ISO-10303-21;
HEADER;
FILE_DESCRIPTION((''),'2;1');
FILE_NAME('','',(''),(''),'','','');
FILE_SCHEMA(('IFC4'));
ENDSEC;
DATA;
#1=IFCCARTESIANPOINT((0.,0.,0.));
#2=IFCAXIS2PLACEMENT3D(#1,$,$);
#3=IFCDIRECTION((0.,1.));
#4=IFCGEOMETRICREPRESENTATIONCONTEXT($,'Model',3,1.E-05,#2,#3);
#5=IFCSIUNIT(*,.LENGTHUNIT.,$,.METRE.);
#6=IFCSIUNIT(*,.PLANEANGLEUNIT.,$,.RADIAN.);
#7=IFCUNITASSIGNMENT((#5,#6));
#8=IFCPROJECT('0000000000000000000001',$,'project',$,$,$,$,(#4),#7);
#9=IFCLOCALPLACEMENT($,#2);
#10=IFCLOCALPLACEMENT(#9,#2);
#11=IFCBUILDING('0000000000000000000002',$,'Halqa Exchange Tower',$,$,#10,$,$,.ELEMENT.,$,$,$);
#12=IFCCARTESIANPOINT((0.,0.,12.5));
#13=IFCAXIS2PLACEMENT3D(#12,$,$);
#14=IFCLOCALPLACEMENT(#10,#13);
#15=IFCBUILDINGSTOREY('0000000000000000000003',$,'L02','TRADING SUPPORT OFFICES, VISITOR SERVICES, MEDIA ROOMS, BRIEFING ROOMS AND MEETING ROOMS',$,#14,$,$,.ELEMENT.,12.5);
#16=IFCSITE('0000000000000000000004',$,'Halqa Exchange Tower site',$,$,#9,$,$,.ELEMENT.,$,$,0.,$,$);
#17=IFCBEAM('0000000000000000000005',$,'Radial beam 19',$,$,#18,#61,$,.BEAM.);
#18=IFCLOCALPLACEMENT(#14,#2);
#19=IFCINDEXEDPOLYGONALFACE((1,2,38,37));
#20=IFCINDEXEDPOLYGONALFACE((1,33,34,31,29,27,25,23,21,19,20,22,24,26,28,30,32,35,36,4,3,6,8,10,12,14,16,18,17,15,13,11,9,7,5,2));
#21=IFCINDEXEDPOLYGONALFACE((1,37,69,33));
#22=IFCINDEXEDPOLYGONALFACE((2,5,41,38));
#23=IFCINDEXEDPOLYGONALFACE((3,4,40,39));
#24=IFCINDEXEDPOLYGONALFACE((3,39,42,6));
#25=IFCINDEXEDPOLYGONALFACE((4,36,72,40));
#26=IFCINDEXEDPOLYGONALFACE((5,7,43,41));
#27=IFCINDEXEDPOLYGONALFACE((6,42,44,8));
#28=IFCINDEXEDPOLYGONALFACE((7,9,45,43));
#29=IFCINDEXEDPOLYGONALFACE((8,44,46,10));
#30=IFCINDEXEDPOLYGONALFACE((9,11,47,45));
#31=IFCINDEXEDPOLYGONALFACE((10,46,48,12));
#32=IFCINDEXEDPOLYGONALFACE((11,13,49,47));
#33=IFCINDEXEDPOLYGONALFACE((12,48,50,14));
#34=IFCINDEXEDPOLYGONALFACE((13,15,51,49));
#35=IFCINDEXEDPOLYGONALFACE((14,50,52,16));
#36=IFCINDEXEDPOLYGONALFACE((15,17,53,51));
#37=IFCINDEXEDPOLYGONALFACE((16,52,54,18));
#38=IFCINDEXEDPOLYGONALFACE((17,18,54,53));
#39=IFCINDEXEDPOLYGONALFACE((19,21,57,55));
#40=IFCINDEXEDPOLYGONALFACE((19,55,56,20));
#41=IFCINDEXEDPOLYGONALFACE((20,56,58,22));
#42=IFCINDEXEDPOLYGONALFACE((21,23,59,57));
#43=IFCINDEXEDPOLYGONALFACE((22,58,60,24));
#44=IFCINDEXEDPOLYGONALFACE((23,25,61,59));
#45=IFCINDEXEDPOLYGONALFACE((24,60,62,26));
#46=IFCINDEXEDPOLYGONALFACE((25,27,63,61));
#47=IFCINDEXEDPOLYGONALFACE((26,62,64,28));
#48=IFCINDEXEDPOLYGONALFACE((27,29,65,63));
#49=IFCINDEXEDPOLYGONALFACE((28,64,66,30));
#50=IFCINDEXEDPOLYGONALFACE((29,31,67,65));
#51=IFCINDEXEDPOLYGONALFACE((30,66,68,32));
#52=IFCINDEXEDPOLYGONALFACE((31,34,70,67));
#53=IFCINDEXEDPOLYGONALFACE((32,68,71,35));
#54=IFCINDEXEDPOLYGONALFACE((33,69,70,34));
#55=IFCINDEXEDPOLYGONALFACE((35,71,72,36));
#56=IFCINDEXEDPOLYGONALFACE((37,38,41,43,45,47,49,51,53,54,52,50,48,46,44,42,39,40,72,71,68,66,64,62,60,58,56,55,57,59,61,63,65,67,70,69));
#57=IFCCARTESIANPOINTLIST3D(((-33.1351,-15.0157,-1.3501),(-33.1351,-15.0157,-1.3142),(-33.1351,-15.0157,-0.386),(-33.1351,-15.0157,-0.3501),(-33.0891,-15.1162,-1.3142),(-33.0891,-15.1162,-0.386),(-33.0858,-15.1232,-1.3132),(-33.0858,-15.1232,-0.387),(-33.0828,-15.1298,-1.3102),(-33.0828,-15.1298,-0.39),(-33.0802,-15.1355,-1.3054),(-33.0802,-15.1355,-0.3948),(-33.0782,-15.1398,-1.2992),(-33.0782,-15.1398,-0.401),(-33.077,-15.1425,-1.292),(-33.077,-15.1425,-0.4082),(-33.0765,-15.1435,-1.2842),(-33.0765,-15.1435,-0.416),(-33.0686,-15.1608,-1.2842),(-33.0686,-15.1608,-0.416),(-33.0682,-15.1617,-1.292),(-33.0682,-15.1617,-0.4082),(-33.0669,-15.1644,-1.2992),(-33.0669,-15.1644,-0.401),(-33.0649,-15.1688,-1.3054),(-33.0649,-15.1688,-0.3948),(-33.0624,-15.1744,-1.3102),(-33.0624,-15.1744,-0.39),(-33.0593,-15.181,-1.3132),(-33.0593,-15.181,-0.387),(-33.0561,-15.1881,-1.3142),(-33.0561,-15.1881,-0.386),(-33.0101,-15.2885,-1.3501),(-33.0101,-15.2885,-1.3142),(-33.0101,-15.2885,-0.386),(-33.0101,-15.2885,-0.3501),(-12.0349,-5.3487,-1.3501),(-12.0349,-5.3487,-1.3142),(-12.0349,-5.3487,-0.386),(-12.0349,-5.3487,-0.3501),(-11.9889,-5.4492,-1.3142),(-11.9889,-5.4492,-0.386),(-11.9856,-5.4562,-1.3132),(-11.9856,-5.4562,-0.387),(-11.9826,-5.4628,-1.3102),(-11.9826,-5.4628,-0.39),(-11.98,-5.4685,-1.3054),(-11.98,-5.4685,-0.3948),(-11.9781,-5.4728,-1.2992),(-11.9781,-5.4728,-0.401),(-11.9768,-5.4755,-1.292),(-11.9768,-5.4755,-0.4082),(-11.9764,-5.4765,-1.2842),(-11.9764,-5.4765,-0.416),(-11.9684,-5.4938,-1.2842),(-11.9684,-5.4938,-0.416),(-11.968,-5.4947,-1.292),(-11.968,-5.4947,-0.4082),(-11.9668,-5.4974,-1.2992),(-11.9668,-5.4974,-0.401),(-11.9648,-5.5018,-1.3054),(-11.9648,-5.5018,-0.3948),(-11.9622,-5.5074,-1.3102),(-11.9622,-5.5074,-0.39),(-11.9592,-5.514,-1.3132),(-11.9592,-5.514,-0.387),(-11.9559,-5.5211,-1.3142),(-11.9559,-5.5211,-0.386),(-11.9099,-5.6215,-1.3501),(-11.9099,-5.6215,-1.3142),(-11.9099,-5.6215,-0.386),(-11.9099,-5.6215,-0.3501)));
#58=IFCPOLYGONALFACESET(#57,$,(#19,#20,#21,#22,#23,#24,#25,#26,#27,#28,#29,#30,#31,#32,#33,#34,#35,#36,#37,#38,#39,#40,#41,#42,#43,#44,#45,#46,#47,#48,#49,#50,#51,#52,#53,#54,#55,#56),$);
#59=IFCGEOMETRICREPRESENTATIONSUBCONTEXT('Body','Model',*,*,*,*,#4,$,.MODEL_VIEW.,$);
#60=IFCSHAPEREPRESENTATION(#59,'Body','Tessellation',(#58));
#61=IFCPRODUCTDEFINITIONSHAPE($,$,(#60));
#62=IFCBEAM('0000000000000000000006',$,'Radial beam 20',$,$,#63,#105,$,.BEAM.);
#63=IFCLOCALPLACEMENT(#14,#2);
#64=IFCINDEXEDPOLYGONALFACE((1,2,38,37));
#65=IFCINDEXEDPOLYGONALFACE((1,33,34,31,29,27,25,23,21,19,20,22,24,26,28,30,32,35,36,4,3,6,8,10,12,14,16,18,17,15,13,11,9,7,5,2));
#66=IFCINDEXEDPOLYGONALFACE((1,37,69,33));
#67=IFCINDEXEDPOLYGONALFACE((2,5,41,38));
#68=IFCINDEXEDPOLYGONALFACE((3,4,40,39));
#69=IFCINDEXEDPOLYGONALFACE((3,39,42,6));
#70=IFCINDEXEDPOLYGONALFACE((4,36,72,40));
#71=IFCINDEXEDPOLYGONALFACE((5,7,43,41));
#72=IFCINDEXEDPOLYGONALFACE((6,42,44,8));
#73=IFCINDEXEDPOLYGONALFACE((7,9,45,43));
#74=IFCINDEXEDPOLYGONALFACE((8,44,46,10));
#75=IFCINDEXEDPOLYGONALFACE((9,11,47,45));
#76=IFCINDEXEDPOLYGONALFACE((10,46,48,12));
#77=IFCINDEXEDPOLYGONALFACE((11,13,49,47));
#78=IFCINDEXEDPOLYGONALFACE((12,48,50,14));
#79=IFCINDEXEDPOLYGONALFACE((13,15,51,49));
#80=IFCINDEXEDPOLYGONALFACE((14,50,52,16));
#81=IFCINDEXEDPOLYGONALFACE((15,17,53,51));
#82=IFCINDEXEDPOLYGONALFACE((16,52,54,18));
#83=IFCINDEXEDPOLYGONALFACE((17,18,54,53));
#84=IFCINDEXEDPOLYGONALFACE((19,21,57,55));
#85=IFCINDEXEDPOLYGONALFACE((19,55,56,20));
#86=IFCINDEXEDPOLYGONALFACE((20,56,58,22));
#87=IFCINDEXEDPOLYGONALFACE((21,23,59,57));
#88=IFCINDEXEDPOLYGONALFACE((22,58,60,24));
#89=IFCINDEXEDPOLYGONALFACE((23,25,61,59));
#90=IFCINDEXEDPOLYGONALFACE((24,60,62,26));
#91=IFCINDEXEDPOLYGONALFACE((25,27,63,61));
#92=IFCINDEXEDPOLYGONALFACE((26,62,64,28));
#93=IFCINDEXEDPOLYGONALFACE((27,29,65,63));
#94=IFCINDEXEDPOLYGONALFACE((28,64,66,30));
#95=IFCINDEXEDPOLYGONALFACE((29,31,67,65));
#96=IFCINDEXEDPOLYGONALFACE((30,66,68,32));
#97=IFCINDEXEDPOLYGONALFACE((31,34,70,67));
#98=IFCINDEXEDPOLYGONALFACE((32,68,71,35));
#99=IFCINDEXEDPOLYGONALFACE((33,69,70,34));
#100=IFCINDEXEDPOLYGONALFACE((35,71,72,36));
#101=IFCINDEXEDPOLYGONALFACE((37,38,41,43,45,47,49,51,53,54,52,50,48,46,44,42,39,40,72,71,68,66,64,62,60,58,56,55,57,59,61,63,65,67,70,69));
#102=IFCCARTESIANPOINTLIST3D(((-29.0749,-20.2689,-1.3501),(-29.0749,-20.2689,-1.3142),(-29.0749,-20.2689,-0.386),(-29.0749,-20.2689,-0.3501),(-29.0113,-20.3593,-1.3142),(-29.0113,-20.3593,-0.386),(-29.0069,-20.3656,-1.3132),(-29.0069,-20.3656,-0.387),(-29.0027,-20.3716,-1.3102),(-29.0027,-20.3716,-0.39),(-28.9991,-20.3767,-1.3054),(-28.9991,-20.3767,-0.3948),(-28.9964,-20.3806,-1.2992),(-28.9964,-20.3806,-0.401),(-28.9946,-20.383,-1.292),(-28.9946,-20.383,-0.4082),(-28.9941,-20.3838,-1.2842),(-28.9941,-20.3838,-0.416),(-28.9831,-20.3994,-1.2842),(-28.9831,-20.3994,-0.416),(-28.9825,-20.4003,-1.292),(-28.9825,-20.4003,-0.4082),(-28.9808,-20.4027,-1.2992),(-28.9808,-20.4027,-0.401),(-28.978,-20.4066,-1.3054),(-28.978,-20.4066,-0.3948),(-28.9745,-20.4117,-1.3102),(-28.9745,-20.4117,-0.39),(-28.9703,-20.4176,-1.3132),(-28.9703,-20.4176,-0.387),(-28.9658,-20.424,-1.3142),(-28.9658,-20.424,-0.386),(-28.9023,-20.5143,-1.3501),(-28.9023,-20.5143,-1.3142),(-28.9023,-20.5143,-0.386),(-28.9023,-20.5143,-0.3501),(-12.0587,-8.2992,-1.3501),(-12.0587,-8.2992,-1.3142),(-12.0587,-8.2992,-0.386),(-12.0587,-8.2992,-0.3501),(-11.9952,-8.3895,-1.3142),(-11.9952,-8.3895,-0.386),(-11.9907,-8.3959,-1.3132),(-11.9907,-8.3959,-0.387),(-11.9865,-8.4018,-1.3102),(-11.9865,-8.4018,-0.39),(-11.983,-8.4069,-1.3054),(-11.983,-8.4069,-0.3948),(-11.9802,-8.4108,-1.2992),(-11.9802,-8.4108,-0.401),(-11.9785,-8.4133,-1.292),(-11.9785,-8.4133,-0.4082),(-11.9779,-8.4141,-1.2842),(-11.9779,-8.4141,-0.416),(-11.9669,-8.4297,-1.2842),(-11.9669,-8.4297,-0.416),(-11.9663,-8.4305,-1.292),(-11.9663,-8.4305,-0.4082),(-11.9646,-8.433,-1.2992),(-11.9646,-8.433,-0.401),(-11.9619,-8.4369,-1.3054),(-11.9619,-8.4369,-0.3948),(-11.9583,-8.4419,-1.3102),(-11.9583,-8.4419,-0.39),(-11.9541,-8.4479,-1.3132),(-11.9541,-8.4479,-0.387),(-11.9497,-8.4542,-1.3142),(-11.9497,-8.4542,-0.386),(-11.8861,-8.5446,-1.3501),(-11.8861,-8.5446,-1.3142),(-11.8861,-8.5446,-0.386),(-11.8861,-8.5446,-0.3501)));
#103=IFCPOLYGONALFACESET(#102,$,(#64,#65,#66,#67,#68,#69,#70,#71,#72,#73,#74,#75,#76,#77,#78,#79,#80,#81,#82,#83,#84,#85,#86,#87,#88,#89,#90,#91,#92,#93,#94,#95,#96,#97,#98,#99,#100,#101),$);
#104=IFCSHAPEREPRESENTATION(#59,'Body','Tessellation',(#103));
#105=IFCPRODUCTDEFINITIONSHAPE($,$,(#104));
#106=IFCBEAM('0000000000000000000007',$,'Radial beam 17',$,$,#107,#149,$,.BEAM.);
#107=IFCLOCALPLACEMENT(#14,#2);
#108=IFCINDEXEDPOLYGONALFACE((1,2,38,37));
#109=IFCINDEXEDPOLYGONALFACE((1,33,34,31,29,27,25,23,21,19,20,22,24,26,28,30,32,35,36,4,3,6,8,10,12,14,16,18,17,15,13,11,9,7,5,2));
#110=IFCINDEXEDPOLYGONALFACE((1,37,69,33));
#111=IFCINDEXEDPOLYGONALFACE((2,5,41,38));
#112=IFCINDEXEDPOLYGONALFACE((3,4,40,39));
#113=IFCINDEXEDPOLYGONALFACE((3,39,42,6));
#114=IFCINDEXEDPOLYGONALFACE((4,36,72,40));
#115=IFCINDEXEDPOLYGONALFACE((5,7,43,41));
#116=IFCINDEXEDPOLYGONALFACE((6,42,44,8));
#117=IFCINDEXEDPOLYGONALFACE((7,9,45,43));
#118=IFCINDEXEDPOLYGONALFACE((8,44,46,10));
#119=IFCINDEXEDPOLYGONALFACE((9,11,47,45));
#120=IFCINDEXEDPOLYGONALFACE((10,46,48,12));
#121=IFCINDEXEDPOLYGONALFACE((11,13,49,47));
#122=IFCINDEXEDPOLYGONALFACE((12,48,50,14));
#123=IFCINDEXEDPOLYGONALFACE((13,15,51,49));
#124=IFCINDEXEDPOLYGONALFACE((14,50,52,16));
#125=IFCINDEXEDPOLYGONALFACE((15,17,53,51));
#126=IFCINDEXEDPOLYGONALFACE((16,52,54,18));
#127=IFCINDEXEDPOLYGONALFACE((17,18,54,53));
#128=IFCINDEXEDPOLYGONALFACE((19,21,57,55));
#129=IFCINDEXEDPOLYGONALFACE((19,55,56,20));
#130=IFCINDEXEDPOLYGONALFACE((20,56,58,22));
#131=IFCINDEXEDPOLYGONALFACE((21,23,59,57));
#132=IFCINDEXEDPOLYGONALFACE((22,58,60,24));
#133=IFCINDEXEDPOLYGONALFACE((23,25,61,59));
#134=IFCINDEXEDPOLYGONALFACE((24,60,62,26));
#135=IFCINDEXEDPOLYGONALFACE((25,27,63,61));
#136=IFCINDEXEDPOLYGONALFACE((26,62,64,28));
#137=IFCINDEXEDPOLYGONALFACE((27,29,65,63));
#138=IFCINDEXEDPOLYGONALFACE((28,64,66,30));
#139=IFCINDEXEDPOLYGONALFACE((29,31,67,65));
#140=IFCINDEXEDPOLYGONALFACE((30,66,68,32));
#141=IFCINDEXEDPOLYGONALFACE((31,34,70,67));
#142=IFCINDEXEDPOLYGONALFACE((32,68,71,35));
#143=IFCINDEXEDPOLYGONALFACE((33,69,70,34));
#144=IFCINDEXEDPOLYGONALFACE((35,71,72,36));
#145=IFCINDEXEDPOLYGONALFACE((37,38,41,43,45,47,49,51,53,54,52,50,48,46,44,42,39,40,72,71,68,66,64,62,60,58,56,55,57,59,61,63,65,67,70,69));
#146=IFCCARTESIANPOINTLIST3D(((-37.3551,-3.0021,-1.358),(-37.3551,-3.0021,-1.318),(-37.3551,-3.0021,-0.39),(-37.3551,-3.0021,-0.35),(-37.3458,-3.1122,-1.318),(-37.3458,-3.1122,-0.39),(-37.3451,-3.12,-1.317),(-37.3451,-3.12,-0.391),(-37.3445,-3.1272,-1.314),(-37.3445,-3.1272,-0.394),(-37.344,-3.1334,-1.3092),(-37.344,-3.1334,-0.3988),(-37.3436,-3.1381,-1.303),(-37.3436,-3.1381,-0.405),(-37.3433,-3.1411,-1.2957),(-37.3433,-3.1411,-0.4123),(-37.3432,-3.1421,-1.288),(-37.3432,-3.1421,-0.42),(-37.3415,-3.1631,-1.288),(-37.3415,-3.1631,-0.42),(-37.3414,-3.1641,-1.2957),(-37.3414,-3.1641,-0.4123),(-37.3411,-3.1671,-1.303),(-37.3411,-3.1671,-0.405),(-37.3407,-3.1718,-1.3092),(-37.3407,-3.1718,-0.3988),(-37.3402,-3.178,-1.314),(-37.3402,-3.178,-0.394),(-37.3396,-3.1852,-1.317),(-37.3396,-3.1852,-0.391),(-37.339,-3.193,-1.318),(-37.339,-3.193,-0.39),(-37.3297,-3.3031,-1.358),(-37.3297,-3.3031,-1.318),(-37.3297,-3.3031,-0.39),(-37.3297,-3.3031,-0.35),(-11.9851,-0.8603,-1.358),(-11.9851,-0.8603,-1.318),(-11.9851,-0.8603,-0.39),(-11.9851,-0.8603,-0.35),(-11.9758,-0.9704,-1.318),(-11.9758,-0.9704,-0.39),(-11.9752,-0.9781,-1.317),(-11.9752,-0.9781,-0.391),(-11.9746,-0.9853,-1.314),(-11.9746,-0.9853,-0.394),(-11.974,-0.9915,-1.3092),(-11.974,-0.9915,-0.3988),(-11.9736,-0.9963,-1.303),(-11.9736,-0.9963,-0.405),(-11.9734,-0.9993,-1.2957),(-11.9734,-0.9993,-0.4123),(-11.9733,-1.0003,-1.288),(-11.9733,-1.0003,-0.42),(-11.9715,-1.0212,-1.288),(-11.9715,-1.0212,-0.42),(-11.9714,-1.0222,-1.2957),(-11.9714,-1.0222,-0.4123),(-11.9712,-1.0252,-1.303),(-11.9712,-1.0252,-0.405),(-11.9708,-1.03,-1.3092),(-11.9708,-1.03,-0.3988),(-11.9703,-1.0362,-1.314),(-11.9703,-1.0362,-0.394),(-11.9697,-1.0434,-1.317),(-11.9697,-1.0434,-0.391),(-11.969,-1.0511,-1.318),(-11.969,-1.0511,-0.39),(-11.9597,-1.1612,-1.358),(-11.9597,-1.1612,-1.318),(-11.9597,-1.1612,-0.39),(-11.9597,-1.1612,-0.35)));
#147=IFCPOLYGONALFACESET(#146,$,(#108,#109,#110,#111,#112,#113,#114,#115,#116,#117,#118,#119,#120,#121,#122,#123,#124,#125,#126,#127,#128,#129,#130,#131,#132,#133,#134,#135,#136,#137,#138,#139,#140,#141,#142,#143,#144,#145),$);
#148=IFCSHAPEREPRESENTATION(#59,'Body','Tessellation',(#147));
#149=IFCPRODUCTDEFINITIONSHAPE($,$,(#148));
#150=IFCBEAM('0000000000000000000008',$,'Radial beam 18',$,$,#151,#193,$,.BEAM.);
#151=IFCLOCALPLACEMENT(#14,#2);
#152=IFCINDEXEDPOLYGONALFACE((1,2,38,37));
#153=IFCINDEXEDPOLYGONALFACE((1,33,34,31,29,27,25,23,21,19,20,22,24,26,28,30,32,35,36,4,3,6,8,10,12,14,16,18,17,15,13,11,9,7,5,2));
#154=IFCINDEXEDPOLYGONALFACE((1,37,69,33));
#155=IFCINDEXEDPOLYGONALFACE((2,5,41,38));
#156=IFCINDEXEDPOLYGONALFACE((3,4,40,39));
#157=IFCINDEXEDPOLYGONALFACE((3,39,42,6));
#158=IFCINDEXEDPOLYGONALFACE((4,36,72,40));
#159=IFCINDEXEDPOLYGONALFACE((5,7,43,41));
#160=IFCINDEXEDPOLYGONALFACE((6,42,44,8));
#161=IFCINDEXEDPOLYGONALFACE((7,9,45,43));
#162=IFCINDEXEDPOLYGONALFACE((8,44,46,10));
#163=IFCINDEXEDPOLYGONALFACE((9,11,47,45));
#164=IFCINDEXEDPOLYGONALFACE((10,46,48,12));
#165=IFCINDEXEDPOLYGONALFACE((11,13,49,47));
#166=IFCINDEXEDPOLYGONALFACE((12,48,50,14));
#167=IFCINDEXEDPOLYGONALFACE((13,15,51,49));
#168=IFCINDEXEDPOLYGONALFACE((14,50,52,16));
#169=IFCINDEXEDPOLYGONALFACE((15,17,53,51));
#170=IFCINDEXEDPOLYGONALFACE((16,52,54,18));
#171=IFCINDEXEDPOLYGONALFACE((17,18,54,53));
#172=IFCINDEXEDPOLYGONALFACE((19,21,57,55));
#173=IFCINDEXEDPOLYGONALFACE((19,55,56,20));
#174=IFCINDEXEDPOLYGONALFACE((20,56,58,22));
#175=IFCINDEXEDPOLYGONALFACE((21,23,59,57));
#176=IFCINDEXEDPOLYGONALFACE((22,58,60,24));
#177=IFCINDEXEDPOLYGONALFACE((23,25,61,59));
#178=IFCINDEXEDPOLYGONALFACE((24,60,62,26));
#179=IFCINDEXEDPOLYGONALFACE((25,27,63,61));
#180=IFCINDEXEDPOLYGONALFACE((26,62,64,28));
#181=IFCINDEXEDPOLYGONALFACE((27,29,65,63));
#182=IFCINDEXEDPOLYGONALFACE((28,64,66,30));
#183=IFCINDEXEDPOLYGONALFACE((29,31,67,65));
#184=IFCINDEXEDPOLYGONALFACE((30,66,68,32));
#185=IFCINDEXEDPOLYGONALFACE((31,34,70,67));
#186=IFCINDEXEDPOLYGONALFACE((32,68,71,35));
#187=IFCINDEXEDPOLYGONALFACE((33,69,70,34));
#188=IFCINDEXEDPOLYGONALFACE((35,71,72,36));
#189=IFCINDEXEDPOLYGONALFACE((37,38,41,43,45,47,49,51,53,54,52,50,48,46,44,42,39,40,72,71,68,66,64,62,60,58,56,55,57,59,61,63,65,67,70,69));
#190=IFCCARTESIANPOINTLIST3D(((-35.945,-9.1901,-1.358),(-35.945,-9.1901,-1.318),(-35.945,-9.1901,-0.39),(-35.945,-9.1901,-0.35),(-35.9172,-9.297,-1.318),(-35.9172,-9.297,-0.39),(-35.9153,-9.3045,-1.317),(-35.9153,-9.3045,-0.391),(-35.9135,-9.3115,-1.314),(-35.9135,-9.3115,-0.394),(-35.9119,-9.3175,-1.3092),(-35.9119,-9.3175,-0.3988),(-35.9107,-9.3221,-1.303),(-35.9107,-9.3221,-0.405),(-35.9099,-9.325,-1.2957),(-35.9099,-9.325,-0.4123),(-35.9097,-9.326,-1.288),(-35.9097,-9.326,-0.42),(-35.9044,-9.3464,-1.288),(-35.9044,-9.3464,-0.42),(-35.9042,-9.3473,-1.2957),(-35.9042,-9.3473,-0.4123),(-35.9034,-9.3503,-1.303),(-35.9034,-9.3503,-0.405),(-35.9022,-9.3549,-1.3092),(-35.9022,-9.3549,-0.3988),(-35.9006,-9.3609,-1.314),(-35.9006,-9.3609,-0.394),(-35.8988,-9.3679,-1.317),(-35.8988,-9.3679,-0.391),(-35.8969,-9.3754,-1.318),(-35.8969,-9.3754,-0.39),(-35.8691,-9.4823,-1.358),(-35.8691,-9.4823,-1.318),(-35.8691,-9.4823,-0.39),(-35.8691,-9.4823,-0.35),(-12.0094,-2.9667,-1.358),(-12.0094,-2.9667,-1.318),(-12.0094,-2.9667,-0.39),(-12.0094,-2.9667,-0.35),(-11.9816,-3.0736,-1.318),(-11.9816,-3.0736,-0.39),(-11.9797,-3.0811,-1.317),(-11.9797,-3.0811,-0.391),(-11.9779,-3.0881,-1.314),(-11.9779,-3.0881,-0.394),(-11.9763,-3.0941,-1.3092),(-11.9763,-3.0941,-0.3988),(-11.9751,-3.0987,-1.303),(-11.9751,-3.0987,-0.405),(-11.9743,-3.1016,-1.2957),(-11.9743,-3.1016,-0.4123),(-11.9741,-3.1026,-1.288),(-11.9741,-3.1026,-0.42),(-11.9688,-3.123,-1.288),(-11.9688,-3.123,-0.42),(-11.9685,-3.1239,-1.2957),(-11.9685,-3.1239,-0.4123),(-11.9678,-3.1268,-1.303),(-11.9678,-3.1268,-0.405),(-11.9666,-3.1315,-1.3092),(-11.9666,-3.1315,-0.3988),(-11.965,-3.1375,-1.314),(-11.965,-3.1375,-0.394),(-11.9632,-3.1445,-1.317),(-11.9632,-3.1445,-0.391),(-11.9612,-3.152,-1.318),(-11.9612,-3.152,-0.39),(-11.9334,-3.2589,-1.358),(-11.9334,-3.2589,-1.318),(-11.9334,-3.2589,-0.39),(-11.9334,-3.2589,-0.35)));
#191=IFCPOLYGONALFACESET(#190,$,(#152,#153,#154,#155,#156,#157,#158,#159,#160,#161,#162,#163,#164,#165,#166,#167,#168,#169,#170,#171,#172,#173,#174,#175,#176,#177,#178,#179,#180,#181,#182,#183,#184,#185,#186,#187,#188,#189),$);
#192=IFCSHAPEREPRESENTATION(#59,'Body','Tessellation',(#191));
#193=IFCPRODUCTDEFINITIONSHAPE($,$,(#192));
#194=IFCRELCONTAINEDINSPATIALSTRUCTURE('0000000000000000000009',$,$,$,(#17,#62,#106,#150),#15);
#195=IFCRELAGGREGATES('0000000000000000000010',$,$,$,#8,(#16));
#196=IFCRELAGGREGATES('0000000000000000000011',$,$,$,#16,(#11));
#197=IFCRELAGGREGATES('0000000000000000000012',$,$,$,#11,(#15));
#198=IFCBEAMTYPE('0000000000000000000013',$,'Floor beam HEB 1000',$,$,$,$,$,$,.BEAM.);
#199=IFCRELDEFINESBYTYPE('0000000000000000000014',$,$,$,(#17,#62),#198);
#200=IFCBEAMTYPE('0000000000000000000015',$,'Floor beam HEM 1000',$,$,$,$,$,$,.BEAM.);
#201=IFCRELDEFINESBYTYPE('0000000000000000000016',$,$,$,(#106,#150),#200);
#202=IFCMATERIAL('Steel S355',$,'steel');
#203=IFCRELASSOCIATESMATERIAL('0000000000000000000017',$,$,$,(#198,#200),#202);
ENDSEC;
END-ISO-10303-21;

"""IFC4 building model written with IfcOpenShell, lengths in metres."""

from ifc_helpers import new_model, si_unit, direction, frame, origin, origin_2d, place, context, subcontext, project, spatial, i_section, extrude, material, material_profile, profile_set, type_object, element, save


model = new_model("IFC4")

# Units and contexts
model_context = context("Model", 3, precision=1e-05, world=origin(), true_north=direction((0.0, 1.0)))
body_context = subcontext(model_context, "Body", "Model", "MODEL_VIEW")
ifc_project = project(units=[si_unit("LENGTHUNIT", "METRE"), si_unit("PLANEANGLEUNIT", "RADIAN")], contexts=[model_context])

# Site, building, storey
site_placement = place(None, origin())
site = spatial("IfcSite", under=ifc_project, at=site_placement, Name="Halqa Exchange Tower site", CompositionType="ELEMENT", RefElevation=0.0)
building_placement = place(site_placement, origin())
building = spatial("IfcBuilding", under=site, at=building_placement, Name="Halqa Exchange Tower", CompositionType="ELEMENT")
storey_placement = place(building_placement, frame((0.0, 0.0, 12.5)))
storey = spatial("IfcBuildingStorey", under=building, at=storey_placement, Name="L02", Description="TRADING SUPPORT OFFICES, VISITOR SERVICES, MEDIA ROOMS, BRIEFING ROOMS AND MEETING ROOMS", CompositionType="ELEMENT", Elevation=12.5)

# Beams
ifc_material_1 = material(Name="Steel S355", Category="steel")
ifc_material_profile_1 = material_profile(ifc_material_1, i_section(OverallWidth=0.3, OverallDepth=1.0, WebThickness=0.019, FlangeThickness=0.0359, FilletRadius=0.03, at=origin_2d()), Name="HEB 1000")
ifc_profile_set_1 = profile_set([ifc_material_profile_1], Name="Steel S355")
beam_type_1 = type_object("IfcBeamType", Name="Floor beam HEB 1000", PredefinedType="BEAM", material=ifc_profile_set_1)
beam_1_placement = place(storey_placement, frame((-11.9724, -5.4851, -0.8501), z_axis=(-0.909128, -0.416516, 0.0), x_axis=(0.416516, -0.909128, 0.0)))
element("IfcBeam", 1, at=beam_1_placement, inside=storey, type_object=beam_type_1, Name="Radial beam 19", PredefinedType="BEAM", context=body_context, shape_type="SweptSolid", body=[
    extrude(i_section(OverallWidth=0.3, OverallDepth=1.0, WebThickness=0.019, FlangeThickness=0.0359, FilletRadius=0.03, at=origin_2d()), origin(), (0.0, 0.0, 1.0), 23.2092),
])
beam_2_placement = place(storey_placement, frame((-11.9724, -8.4219, -0.8501), z_axis=(-0.81791, -0.575346, 0.0), x_axis=(0.575346, -0.81791, 0.0)))
element("IfcBeam", 2, at=beam_2_placement, inside=storey, type_object=beam_type_1, Name="Radial beam 20", PredefinedType="BEAM", context=body_context, shape_type="SweptSolid", body=[
    extrude(i_section(OverallWidth=0.3, OverallDepth=1.0, WebThickness=0.019, FlangeThickness=0.0359, FilletRadius=0.03, at=origin_2d()), origin(), (0.0, 0.0, 1.0), 20.8044),
])
ifc_material_profile_2 = material_profile(ifc_material_1, i_section(OverallWidth=0.302, OverallDepth=1.0081, WebThickness=0.021, FlangeThickness=0.04, FilletRadius=0.03, at=origin_2d()), Name="HEM 1000")
ifc_profile_set_2 = profile_set([ifc_material_profile_2], Name="Steel S355")
beam_type_2 = type_object("IfcBeamType", Name="Floor beam HEM 1000", PredefinedType="BEAM", material=ifc_profile_set_2)
beam_3_placement = place(storey_placement, frame((-11.9724, -1.0107, -0.854), z_axis=(-0.996455, -0.084125, 0.0), x_axis=(0.084125, -0.996455, 0.0)))
element("IfcBeam", 3, at=beam_3_placement, inside=storey, type_object=beam_type_2, Name="Radial beam 17", PredefinedType="BEAM", context=body_context, shape_type="SweptSolid", body=[
    extrude(i_section(OverallWidth=0.302, OverallDepth=1.0081, WebThickness=0.021, FlangeThickness=0.04, FilletRadius=0.03, at=origin_2d()), origin(), (0.0, 0.0, 1.0), 25.4602),
])
beam_4_placement = place(storey_placement, frame((-11.9714, -3.1128, -0.854), z_axis=(-0.967821, -0.251639, 0.0), x_axis=(0.251639, -0.967821, 0.0)))
element("IfcBeam", 4, at=beam_4_placement, inside=storey, type_object=beam_type_2, Name="Radial beam 18", PredefinedType="BEAM", context=body_context, shape_type="SweptSolid", body=[
    extrude(i_section(OverallWidth=0.302, OverallDepth=1.0081, WebThickness=0.021, FlangeThickness=0.04, FilletRadius=0.03, at=origin_2d()), origin(), (0.0, 0.0, 1.0), 24.7314),
])

save(model, "model.ifc")
